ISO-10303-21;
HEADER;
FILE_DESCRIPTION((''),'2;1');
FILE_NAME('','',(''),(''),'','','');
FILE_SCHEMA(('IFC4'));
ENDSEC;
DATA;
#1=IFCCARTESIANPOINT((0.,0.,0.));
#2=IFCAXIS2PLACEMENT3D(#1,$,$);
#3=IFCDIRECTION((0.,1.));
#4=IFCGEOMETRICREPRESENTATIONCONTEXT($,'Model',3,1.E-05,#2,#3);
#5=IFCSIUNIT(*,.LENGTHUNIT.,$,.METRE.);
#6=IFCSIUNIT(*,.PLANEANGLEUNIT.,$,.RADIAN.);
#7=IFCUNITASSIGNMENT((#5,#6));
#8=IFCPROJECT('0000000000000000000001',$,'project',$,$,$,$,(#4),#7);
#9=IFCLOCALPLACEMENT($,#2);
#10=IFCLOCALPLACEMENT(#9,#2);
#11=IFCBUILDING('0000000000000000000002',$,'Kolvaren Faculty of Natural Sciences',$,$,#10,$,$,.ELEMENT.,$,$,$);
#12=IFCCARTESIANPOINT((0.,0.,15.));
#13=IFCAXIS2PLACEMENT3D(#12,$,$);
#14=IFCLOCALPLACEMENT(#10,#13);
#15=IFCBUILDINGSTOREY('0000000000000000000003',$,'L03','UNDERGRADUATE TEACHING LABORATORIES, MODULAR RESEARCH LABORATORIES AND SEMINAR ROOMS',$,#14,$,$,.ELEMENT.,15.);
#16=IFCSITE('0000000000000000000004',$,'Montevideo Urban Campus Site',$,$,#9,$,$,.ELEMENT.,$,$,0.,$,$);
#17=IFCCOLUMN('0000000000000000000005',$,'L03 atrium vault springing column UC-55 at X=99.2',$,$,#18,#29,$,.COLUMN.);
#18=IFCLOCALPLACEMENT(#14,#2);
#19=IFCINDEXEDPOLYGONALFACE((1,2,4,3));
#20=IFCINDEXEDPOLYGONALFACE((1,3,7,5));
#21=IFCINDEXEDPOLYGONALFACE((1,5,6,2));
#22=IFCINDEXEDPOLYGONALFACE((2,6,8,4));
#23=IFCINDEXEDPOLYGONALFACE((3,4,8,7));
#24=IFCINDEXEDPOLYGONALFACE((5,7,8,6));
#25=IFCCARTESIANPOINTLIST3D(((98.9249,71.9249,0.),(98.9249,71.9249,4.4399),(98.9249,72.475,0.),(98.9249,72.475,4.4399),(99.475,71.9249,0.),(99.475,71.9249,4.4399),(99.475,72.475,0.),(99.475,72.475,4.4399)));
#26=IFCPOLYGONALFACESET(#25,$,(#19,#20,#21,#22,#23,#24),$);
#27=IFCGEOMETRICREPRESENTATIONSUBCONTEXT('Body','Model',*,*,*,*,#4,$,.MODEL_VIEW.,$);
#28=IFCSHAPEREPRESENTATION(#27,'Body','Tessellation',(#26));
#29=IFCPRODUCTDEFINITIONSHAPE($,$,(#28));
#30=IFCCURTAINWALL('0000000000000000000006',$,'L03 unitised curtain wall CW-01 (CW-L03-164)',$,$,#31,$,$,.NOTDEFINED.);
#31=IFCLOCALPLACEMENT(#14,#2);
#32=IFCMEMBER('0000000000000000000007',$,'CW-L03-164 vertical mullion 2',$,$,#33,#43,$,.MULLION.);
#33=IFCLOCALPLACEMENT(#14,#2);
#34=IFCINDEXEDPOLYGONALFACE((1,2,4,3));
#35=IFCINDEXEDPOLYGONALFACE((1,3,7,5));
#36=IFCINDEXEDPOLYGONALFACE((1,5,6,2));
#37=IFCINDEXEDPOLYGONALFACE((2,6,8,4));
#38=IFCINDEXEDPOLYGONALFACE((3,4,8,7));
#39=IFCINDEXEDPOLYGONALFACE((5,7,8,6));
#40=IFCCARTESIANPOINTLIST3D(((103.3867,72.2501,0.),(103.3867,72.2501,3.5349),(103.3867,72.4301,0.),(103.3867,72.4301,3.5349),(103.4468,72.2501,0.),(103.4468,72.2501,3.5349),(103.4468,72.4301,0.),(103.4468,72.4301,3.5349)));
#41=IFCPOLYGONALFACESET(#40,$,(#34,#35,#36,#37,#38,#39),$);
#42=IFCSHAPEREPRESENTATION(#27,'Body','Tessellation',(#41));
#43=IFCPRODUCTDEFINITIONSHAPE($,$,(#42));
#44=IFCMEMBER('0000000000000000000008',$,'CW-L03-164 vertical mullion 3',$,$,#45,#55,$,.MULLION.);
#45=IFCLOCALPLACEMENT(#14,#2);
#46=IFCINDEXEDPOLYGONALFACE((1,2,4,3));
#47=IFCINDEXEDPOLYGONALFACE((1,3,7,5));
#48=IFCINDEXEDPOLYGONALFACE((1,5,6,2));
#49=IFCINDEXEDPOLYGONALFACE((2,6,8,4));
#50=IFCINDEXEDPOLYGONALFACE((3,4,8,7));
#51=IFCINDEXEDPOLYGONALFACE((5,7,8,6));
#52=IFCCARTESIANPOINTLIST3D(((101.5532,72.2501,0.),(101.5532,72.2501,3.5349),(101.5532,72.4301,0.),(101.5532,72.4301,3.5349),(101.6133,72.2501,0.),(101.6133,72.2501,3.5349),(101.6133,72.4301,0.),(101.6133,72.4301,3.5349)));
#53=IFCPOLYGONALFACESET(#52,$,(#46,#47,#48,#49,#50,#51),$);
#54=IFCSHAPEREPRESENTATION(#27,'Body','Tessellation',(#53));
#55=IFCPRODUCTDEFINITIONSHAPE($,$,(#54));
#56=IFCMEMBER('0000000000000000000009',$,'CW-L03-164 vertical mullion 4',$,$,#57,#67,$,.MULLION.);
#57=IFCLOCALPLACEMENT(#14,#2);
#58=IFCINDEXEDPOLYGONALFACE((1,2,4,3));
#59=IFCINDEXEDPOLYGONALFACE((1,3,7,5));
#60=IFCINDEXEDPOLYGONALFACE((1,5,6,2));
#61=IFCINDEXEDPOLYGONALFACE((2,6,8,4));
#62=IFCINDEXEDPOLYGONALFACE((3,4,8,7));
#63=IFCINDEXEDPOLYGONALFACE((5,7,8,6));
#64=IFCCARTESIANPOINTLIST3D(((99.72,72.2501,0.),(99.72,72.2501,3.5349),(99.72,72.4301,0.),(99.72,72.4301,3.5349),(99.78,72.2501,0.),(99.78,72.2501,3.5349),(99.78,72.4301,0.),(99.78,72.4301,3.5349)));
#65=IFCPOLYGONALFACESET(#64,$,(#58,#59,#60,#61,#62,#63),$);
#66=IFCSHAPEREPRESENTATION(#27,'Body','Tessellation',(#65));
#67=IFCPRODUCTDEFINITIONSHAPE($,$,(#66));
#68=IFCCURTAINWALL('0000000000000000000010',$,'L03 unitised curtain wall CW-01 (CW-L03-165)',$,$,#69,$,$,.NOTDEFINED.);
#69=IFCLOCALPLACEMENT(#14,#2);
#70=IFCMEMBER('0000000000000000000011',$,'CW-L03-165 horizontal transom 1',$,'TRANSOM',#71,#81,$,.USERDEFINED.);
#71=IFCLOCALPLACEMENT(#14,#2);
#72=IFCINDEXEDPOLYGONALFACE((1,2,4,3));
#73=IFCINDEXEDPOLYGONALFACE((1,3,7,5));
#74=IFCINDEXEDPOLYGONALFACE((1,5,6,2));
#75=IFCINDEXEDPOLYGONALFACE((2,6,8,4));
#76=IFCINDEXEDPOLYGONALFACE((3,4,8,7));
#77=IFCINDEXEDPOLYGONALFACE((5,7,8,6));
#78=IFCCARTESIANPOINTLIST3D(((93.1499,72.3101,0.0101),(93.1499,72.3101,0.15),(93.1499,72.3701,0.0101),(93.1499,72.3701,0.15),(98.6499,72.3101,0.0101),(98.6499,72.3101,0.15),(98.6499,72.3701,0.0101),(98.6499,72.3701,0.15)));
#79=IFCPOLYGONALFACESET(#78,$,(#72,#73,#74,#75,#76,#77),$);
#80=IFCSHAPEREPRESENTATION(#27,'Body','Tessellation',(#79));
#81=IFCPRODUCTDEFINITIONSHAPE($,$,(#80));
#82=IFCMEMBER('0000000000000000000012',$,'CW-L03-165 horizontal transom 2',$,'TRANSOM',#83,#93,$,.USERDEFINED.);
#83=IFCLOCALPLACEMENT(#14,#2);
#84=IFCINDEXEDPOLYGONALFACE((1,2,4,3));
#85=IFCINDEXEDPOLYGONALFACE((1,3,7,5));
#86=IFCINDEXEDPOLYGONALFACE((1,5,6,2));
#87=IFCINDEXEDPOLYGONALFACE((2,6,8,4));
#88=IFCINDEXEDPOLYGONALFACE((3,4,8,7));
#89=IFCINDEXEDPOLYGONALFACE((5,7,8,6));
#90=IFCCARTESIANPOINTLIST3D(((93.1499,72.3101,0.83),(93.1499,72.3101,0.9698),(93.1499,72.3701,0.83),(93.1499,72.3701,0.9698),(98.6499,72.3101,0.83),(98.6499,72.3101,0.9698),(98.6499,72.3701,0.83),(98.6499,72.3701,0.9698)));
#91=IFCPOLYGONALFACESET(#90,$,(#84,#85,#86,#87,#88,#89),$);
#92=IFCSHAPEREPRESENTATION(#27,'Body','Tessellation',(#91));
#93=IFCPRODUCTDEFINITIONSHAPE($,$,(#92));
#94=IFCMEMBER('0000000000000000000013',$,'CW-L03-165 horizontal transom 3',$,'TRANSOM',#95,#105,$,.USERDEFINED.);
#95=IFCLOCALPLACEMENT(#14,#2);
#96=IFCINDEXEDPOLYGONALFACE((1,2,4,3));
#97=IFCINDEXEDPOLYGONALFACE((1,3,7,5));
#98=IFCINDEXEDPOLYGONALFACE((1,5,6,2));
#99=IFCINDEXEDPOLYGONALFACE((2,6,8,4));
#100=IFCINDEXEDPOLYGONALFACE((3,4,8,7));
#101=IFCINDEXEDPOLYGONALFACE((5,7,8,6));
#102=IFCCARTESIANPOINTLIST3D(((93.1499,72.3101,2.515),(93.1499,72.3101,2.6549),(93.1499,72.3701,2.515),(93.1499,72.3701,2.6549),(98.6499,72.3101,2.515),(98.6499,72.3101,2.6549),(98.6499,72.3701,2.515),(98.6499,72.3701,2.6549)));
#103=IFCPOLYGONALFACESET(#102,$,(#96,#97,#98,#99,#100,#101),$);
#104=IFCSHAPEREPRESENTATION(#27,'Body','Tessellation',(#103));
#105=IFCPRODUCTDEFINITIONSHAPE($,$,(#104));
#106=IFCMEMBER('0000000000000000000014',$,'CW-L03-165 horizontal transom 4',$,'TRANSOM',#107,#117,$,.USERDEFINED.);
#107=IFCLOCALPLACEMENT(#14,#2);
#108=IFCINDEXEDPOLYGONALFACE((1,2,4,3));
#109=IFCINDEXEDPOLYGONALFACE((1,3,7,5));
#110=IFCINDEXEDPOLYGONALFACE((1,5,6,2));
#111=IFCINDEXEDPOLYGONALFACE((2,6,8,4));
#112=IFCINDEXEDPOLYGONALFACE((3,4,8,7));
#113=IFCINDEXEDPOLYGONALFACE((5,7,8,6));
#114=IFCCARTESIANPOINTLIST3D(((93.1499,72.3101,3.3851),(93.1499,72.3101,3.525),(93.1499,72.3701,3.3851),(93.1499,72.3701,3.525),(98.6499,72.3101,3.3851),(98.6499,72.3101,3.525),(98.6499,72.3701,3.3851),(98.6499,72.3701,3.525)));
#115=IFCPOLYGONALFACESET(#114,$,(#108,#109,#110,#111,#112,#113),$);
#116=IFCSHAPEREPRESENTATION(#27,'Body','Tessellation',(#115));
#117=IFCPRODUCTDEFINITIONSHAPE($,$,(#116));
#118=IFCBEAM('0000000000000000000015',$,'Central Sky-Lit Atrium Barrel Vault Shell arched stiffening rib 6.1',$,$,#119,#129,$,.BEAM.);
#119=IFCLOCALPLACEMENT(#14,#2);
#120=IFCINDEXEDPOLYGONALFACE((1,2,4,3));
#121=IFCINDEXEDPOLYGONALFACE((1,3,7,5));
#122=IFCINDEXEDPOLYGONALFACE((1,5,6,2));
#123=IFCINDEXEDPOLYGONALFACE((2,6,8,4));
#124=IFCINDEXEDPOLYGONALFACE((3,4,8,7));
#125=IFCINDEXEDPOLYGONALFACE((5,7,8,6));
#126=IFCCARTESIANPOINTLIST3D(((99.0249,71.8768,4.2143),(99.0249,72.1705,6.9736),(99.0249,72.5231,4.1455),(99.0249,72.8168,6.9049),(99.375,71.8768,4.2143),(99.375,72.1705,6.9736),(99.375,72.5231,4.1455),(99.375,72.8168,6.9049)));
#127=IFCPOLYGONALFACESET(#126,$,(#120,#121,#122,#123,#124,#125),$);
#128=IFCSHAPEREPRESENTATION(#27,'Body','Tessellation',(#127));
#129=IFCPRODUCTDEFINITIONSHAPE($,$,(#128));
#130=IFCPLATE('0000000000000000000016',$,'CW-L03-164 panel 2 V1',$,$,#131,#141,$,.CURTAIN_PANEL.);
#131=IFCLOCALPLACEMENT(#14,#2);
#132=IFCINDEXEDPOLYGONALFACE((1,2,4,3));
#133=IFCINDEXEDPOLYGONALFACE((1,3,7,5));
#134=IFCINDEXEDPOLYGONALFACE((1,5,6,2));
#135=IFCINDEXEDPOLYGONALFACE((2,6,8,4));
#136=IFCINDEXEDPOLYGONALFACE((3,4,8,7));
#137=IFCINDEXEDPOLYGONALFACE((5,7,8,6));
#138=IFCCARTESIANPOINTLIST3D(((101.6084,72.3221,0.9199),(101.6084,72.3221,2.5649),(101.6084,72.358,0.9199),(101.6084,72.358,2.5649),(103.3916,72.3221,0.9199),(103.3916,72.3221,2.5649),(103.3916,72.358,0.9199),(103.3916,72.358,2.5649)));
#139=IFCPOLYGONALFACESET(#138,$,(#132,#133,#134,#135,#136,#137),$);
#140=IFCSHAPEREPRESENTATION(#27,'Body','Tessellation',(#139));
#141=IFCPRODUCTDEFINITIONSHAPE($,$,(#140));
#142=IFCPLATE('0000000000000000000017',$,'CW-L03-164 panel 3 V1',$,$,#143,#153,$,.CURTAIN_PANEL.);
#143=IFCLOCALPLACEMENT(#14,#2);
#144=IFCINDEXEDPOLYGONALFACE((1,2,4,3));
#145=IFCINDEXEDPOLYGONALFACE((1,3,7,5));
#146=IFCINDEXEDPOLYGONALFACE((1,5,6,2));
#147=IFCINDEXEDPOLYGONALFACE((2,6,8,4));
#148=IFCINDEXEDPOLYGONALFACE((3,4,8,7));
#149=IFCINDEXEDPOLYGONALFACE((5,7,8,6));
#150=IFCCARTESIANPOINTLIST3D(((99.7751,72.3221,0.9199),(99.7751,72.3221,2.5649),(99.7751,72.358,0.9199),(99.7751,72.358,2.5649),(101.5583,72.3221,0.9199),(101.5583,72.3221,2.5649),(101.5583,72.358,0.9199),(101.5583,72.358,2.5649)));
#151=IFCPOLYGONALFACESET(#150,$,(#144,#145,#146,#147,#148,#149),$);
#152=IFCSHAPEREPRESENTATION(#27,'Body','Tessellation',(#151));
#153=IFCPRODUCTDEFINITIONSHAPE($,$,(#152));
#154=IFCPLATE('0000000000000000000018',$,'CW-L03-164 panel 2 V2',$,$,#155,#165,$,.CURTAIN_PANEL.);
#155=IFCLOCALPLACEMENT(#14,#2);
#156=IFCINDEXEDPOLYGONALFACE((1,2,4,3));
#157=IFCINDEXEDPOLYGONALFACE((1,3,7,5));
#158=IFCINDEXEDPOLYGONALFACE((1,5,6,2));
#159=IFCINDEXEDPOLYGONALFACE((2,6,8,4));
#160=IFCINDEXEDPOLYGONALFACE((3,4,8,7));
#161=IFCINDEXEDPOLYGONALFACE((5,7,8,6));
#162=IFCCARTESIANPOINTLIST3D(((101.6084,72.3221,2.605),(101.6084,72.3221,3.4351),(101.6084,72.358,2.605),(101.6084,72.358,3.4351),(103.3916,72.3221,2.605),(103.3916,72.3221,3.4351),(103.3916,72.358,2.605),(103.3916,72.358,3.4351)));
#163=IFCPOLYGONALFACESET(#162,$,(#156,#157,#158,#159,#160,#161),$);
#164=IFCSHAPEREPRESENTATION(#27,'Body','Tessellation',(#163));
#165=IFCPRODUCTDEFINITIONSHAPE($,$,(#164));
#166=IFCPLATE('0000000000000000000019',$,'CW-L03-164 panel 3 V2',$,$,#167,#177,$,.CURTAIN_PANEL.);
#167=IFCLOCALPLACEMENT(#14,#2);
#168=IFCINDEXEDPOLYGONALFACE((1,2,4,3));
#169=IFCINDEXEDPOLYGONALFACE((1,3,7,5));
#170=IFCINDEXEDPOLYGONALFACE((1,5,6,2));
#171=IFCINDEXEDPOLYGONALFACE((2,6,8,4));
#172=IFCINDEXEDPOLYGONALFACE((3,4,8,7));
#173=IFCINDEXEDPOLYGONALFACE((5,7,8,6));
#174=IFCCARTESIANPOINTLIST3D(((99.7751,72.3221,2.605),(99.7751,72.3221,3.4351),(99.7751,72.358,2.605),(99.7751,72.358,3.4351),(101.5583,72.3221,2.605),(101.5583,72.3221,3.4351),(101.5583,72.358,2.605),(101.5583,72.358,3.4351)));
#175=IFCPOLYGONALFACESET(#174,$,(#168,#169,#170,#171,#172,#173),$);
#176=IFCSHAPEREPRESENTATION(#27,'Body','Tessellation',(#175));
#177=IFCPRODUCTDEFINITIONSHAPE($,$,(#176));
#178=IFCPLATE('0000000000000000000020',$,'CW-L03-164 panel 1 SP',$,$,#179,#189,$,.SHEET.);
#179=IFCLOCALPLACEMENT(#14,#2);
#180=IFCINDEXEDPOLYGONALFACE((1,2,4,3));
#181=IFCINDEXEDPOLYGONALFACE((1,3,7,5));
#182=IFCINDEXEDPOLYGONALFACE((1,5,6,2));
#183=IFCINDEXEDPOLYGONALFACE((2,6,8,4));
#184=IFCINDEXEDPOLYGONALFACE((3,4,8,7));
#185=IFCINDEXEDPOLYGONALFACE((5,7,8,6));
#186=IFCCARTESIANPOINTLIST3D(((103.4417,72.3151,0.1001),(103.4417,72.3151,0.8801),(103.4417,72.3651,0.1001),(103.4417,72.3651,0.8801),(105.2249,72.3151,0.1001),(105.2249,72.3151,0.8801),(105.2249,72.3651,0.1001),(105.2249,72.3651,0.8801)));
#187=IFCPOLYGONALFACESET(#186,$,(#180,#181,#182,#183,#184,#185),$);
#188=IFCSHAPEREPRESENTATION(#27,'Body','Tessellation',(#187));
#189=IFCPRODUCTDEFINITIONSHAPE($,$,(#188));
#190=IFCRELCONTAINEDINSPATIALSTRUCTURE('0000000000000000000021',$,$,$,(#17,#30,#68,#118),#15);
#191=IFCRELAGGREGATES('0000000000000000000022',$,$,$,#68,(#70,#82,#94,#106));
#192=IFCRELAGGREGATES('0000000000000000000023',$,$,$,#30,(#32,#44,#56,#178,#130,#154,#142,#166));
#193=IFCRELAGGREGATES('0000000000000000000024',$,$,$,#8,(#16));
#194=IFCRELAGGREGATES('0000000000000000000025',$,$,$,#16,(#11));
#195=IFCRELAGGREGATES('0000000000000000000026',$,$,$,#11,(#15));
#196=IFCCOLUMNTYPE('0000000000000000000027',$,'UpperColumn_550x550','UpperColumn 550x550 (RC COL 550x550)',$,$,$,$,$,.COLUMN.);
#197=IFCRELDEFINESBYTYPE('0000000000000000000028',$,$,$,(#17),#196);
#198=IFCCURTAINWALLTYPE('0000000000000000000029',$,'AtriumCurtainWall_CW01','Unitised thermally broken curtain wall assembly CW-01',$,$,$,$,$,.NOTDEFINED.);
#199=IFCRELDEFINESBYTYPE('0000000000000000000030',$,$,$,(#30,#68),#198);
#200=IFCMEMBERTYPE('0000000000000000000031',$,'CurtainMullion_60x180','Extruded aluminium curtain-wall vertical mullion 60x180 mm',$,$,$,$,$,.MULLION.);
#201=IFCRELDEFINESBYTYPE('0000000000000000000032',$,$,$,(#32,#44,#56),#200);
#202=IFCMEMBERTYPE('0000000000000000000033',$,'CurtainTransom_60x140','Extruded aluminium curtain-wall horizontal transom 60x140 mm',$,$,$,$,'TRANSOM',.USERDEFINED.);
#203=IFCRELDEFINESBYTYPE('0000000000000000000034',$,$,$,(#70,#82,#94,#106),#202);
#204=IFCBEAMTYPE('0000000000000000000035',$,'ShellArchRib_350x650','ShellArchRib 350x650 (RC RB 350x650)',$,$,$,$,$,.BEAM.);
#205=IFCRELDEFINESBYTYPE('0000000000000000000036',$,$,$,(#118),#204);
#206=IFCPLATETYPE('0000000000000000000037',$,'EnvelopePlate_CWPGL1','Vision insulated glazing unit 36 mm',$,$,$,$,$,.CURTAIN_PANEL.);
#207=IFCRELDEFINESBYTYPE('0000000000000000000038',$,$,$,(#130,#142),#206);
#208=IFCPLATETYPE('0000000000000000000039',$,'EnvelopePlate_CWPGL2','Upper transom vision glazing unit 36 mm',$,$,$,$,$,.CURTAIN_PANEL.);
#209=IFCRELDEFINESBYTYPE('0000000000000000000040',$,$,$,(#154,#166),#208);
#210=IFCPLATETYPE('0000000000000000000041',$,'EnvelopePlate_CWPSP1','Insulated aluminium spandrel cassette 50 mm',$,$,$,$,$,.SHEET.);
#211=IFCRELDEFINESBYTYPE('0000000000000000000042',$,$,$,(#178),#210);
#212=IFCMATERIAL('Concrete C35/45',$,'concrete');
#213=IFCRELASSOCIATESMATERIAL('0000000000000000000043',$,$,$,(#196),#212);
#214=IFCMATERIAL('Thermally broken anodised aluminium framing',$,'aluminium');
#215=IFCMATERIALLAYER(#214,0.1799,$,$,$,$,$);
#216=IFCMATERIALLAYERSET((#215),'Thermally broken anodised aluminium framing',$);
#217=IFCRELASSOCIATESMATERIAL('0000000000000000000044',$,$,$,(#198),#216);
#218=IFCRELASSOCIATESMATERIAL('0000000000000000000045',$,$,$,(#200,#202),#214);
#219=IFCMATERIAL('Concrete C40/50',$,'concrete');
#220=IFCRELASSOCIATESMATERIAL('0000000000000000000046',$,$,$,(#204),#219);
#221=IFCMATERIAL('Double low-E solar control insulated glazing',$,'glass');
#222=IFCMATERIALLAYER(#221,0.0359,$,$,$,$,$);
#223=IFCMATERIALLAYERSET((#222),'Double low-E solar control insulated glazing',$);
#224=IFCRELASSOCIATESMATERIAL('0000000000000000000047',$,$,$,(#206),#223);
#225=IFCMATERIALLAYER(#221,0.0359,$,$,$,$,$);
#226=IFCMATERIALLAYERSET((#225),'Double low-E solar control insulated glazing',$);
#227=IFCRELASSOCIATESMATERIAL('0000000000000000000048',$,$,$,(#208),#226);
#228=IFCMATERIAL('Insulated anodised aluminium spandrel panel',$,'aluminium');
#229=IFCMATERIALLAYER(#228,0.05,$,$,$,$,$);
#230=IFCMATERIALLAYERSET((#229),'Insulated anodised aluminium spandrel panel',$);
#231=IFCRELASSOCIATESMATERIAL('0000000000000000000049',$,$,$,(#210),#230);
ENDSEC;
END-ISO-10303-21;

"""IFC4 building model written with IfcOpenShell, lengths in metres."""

from ifc_helpers import new_model, si_unit, direction, frame, origin, origin_2d, place, context, subcontext, project, spatial, rectangle, extrude, material, layer, layer_set, material_profile, profile_set, type_object, element, aggregate, save


model = new_model("IFC4")

# Units and contexts
model_context = context("Model", 3, precision=1e-05, world=origin(), true_north=direction((0.0, 1.0)))
body_context = subcontext(model_context, "Body", "Model", "MODEL_VIEW")
ifc_project = project(units=[si_unit("LENGTHUNIT", "METRE"), si_unit("PLANEANGLEUNIT", "RADIAN")], contexts=[model_context])

# Site, building, storey
site_placement = place(None, origin())
site = spatial("IfcSite", under=ifc_project, at=site_placement, Name="Montevideo Urban Campus Site", CompositionType="ELEMENT", RefElevation=0.0)
building_placement = place(site_placement, origin())
building = spatial("IfcBuilding", under=site, at=building_placement, Name="Kolvaren Faculty of Natural Sciences", CompositionType="ELEMENT")
storey_placement = place(building_placement, frame((0.0, 0.0, 15.0)))
storey = spatial("IfcBuildingStorey", under=building, at=storey_placement, Name="L03", Description="UNDERGRADUATE TEACHING LABORATORIES, MODULAR RESEARCH LABORATORIES AND SEMINAR ROOMS", CompositionType="ELEMENT", Elevation=15.0)

# Column
ifc_material_1 = material(Name="Concrete C35/45", Category="concrete")
ifc_material_profile_1 = material_profile(ifc_material_1, rectangle(XDim=0.55, YDim=0.55, at=origin_2d()), Name="RC COL 550x550")
ifc_profile_set_1 = profile_set([ifc_material_profile_1], Name="Concrete C35/45")
column_type = type_object("IfcColumnType", Name="UpperColumn_550x550", Description="UpperColumn 550x550 (RC COL 550x550)", PredefinedType="COLUMN", material=ifc_profile_set_1)
column_placement = place(storey_placement, frame((99.2, 72.2, 0.0), z_axis=(0.0, 0.0, 1.0), x_axis=(1.0, 0.0, 0.0)))
element("IfcColumn", 1, at=column_placement, inside=storey, type_object=column_type, Name="L03 atrium vault springing column UC-55 at X=99.2", PredefinedType="COLUMN", context=body_context, shape_type="SweptSolid", body=[
    extrude(rectangle(XDim=0.55, YDim=0.55, at=origin_2d()), origin(), (0.0, 0.0, 1.0), 4.4399),
])

# Curtain walls, members
ifc_material_2 = material(Name="Thermally broken anodised aluminium framing", Category="aluminium")
ifc_layer_1 = layer(ifc_material_2, 0.1799)
ifc_layer_set_1 = layer_set([ifc_layer_1], Name="Thermally broken anodised aluminium framing")
curtain_wall_type = type_object("IfcCurtainWallType", Name="AtriumCurtainWall_CW01", Description="Unitised thermally broken curtain wall assembly CW-01", PredefinedType="NOTDEFINED", material=ifc_layer_set_1)
curtain_wall_1_placement = place(storey_placement, origin())
curtain_wall_1 = element("IfcCurtainWall", 2, at=curtain_wall_1_placement, inside=storey, type_object=curtain_wall_type, Name="L03 unitised curtain wall CW-01 (CW-L03-164)", PredefinedType="NOTDEFINED")
ifc_material_profile_2 = material_profile(ifc_material_2, rectangle(XDim=0.0601, YDim=0.1799, at=origin_2d()), Name="ALU MUL 60x180")
ifc_profile_set_2 = profile_set([ifc_material_profile_2], Name="Thermally broken anodised aluminium framing")
member_type_1 = type_object("IfcMemberType", Name="CurtainMullion_60x180", Description="Extruded aluminium curtain-wall vertical mullion 60x180 mm", PredefinedType="MULLION", material=ifc_profile_set_2)
member_1_placement = place(storey_placement, frame((103.4167, 72.3401, 0.0), z_axis=(0.0, 0.0, 1.0), x_axis=(-1.0, 0.0, 0.0)))
member_1 = element("IfcMember", 3, at=member_1_placement, type_object=member_type_1, Name="CW-L03-164 vertical mullion 2", PredefinedType="MULLION", context=body_context, shape_type="SweptSolid", body=[
    extrude(rectangle(XDim=0.0601, YDim=0.1799, at=origin_2d()), origin(), (0.0, 0.0, 1.0), 3.5349),
])
member_2_placement = place(storey_placement, frame((101.5833, 72.3401, 0.0), z_axis=(0.0, 0.0, 1.0), x_axis=(-1.0, 0.0, 0.0)))
member_2 = element("IfcMember", 4, at=member_2_placement, type_object=member_type_1, Name="CW-L03-164 vertical mullion 3", PredefinedType="MULLION", context=body_context, shape_type="SweptSolid", body=[
    extrude(rectangle(XDim=0.0601, YDim=0.1799, at=origin_2d()), origin(), (0.0, 0.0, 1.0), 3.5349),
])
member_3_placement = place(storey_placement, frame((99.75, 72.3401, 0.0), z_axis=(0.0, 0.0, 1.0), x_axis=(-1.0, 0.0, 0.0)))
member_3 = element("IfcMember", 5, at=member_3_placement, type_object=member_type_1, Name="CW-L03-164 vertical mullion 4", PredefinedType="MULLION", context=body_context, shape_type="SweptSolid", body=[
    extrude(rectangle(XDim=0.0601, YDim=0.1799, at=origin_2d()), origin(), (0.0, 0.0, 1.0), 3.5349),
])
curtain_wall_2_placement = place(storey_placement, origin())
curtain_wall_2 = element("IfcCurtainWall", 6, at=curtain_wall_2_placement, inside=storey, type_object=curtain_wall_type, Name="L03 unitised curtain wall CW-01 (CW-L03-165)", PredefinedType="NOTDEFINED")
ifc_material_profile_3 = material_profile(ifc_material_2, rectangle(XDim=0.0601, YDim=0.1399, at=origin_2d()), Name="ALU TRN 60x140")
ifc_profile_set_3 = profile_set([ifc_material_profile_3], Name="Thermally broken anodised aluminium framing")
member_type_2 = type_object("IfcMemberType", Name="CurtainTransom_60x140", Description="Extruded aluminium curtain-wall horizontal transom 60x140 mm", ElementType="TRANSOM", PredefinedType="USERDEFINED", material=ifc_profile_set_3)
member_4_placement = place(storey_placement, frame((98.6499, 72.3401, 0.0801), z_axis=(-1.0, 0.0, 0.0), x_axis=(0.0, -1.0, 0.0)))
member_4 = element("IfcMember", 7, at=member_4_placement, type_object=member_type_2, Name="CW-L03-165 horizontal transom 1", ObjectType="TRANSOM", PredefinedType="USERDEFINED", context=body_context, shape_type="SweptSolid", body=[
    extrude(rectangle(XDim=0.0601, YDim=0.1399, at=origin_2d()), origin(), (0.0, 0.0, 1.0), 5.5),
])
member_5_placement = place(storey_placement, frame((98.6499, 72.3401, 0.8999), z_axis=(-1.0, 0.0, 0.0), x_axis=(0.0, -1.0, 0.0)))
member_5 = element("IfcMember", 8, at=member_5_placement, type_object=member_type_2, Name="CW-L03-165 horizontal transom 2", ObjectType="TRANSOM", PredefinedType="USERDEFINED", context=body_context, shape_type="SweptSolid", body=[
    extrude(rectangle(XDim=0.0601, YDim=0.1399, at=origin_2d()), origin(), (0.0, 0.0, 1.0), 5.5),
])
member_6_placement = place(storey_placement, frame((98.6499, 72.3401, 2.585), z_axis=(-1.0, 0.0, 0.0), x_axis=(0.0, -1.0, 0.0)))
member_6 = element("IfcMember", 9, at=member_6_placement, type_object=member_type_2, Name="CW-L03-165 horizontal transom 3", ObjectType="TRANSOM", PredefinedType="USERDEFINED", context=body_context, shape_type="SweptSolid", body=[
    extrude(rectangle(XDim=0.0601, YDim=0.1399, at=origin_2d()), origin(), (0.0, 0.0, 1.0), 5.5),
])
member_7_placement = place(storey_placement, frame((98.6499, 72.3401, 3.4551), z_axis=(-1.0, 0.0, 0.0), x_axis=(0.0, -1.0, 0.0)))
member_7 = element("IfcMember", 10, at=member_7_placement, type_object=member_type_2, Name="CW-L03-165 horizontal transom 4", ObjectType="TRANSOM", PredefinedType="USERDEFINED", context=body_context, shape_type="SweptSolid", body=[
    extrude(rectangle(XDim=0.0601, YDim=0.1399, at=origin_2d()), origin(), (0.0, 0.0, 1.0), 5.5),
])
aggregate(curtain_wall_2, [member_4, member_5, member_6, member_7])

# Beam
ifc_material_3 = material(Name="Concrete C40/50", Category="concrete")
ifc_material_profile_4 = material_profile(ifc_material_3, rectangle(XDim=0.3501, YDim=0.6499, at=origin_2d()), Name="RC RB 350x650")
ifc_profile_set_4 = profile_set([ifc_material_profile_4], Name="Concrete C40/50")
beam_type = type_object("IfcBeamType", Name="ShellArchRib_350x650", Description="ShellArchRib 350x650 (RC RB 350x650)", PredefinedType="BEAM", material=ifc_profile_set_4)
beam_placement = place(storey_placement, frame((99.2, 72.2, 4.1799), z_axis=(0.0, 0.105843, 0.994383), x_axis=(-1.0, 0.0, 0.0)))
element("IfcBeam", 11, at=beam_placement, inside=storey, type_object=beam_type, Name="Central Sky-Lit Atrium Barrel Vault Shell arched stiffening rib 6.1", PredefinedType="BEAM", context=body_context, shape_type="SweptSolid", body=[
    extrude(rectangle(XDim=0.3501, YDim=0.6499, at=origin_2d()), origin(), (0.0, 0.0, 1.0), 2.7749),
])

# Plates
ifc_material_4 = material(Name="Double low-E solar control insulated glazing", Category="glass")
ifc_layer_2 = layer(ifc_material_4, 0.0359)
ifc_layer_set_2 = layer_set([ifc_layer_2], Name="Double low-E solar control insulated glazing")
plate_type_1 = type_object("IfcPlateType", Name="EnvelopePlate_CWPGL1", Description="Vision insulated glazing unit 36 mm", PredefinedType="CURTAIN_PANEL", material=ifc_layer_set_2)
plate_1_placement = place(storey_placement, frame((102.5, 72.3401, 0.9199), z_axis=(0.0, 0.0, 1.0), x_axis=(-1.0, 0.0, 0.0)))
plate_1 = element("IfcPlate", 12, at=plate_1_placement, type_object=plate_type_1, Name="CW-L03-164 panel 2 V1", PredefinedType="CURTAIN_PANEL", context=body_context, shape_type="SweptSolid", body=[
    extrude(rectangle(XDim=1.7832, YDim=0.0359, at=origin_2d()), origin(), (0.0, 0.0, 1.0), 1.645),
])
plate_2_placement = place(storey_placement, frame((100.6667, 72.3401, 0.9199), z_axis=(0.0, 0.0, 1.0), x_axis=(-1.0, 0.0, 0.0)))
plate_2 = element("IfcPlate", 13, at=plate_2_placement, type_object=plate_type_1, Name="CW-L03-164 panel 3 V1", PredefinedType="CURTAIN_PANEL", context=body_context, shape_type="SweptSolid", body=[
    extrude(rectangle(XDim=1.7832, YDim=0.0359, at=origin_2d()), origin(), (0.0, 0.0, 1.0), 1.645),
])
ifc_layer_3 = layer(ifc_material_4, 0.0359)
ifc_layer_set_3 = layer_set([ifc_layer_3], Name="Double low-E solar control insulated glazing")
plate_type_2 = type_object("IfcPlateType", Name="EnvelopePlate_CWPGL2", Description="Upper transom vision glazing unit 36 mm", PredefinedType="CURTAIN_PANEL", material=ifc_layer_set_3)
plate_3_placement = place(storey_placement, frame((102.5, 72.3401, 2.605), z_axis=(0.0, 0.0, 1.0), x_axis=(-1.0, 0.0, 0.0)))
plate_3 = element("IfcPlate", 14, at=plate_3_placement, type_object=plate_type_2, Name="CW-L03-164 panel 2 V2", PredefinedType="CURTAIN_PANEL", context=body_context, shape_type="SweptSolid", body=[
    extrude(rectangle(XDim=1.7832, YDim=0.0359, at=origin_2d()), origin(), (0.0, 0.0, 1.0), 0.8301),
])
plate_4_placement = place(storey_placement, frame((100.6667, 72.3401, 2.605), z_axis=(0.0, 0.0, 1.0), x_axis=(-1.0, 0.0, 0.0)))
plate_4 = element("IfcPlate", 15, at=plate_4_placement, type_object=plate_type_2, Name="CW-L03-164 panel 3 V2", PredefinedType="CURTAIN_PANEL", context=body_context, shape_type="SweptSolid", body=[
    extrude(rectangle(XDim=1.7832, YDim=0.0359, at=origin_2d()), origin(), (0.0, 0.0, 1.0), 0.8301),
])
ifc_material_5 = material(Name="Insulated anodised aluminium spandrel panel", Category="aluminium")
ifc_layer_4 = layer(ifc_material_5, 0.05)
ifc_layer_set_4 = layer_set([ifc_layer_4], Name="Insulated anodised aluminium spandrel panel")
plate_type_3 = type_object("IfcPlateType", Name="EnvelopePlate_CWPSP1", Description="Insulated aluminium spandrel cassette 50 mm", PredefinedType="SHEET", material=ifc_layer_set_4)
plate_5_placement = place(storey_placement, frame((104.3333, 72.3401, 0.1001), z_axis=(0.0, 0.0, 1.0), x_axis=(-1.0, 0.0, 0.0)))
plate_5 = element("IfcPlate", 16, at=plate_5_placement, type_object=plate_type_3, Name="CW-L03-164 panel 1 SP", PredefinedType="SHEET", context=body_context, shape_type="SweptSolid", body=[
    extrude(rectangle(XDim=1.7832, YDim=0.05, at=origin_2d()), origin(), (0.0, 0.0, 1.0), 0.78),
])
aggregate(curtain_wall_1, [member_1, member_2, member_3, plate_5, plate_1, plate_3, plate_2, plate_4])

save(model, "model.ifc")
